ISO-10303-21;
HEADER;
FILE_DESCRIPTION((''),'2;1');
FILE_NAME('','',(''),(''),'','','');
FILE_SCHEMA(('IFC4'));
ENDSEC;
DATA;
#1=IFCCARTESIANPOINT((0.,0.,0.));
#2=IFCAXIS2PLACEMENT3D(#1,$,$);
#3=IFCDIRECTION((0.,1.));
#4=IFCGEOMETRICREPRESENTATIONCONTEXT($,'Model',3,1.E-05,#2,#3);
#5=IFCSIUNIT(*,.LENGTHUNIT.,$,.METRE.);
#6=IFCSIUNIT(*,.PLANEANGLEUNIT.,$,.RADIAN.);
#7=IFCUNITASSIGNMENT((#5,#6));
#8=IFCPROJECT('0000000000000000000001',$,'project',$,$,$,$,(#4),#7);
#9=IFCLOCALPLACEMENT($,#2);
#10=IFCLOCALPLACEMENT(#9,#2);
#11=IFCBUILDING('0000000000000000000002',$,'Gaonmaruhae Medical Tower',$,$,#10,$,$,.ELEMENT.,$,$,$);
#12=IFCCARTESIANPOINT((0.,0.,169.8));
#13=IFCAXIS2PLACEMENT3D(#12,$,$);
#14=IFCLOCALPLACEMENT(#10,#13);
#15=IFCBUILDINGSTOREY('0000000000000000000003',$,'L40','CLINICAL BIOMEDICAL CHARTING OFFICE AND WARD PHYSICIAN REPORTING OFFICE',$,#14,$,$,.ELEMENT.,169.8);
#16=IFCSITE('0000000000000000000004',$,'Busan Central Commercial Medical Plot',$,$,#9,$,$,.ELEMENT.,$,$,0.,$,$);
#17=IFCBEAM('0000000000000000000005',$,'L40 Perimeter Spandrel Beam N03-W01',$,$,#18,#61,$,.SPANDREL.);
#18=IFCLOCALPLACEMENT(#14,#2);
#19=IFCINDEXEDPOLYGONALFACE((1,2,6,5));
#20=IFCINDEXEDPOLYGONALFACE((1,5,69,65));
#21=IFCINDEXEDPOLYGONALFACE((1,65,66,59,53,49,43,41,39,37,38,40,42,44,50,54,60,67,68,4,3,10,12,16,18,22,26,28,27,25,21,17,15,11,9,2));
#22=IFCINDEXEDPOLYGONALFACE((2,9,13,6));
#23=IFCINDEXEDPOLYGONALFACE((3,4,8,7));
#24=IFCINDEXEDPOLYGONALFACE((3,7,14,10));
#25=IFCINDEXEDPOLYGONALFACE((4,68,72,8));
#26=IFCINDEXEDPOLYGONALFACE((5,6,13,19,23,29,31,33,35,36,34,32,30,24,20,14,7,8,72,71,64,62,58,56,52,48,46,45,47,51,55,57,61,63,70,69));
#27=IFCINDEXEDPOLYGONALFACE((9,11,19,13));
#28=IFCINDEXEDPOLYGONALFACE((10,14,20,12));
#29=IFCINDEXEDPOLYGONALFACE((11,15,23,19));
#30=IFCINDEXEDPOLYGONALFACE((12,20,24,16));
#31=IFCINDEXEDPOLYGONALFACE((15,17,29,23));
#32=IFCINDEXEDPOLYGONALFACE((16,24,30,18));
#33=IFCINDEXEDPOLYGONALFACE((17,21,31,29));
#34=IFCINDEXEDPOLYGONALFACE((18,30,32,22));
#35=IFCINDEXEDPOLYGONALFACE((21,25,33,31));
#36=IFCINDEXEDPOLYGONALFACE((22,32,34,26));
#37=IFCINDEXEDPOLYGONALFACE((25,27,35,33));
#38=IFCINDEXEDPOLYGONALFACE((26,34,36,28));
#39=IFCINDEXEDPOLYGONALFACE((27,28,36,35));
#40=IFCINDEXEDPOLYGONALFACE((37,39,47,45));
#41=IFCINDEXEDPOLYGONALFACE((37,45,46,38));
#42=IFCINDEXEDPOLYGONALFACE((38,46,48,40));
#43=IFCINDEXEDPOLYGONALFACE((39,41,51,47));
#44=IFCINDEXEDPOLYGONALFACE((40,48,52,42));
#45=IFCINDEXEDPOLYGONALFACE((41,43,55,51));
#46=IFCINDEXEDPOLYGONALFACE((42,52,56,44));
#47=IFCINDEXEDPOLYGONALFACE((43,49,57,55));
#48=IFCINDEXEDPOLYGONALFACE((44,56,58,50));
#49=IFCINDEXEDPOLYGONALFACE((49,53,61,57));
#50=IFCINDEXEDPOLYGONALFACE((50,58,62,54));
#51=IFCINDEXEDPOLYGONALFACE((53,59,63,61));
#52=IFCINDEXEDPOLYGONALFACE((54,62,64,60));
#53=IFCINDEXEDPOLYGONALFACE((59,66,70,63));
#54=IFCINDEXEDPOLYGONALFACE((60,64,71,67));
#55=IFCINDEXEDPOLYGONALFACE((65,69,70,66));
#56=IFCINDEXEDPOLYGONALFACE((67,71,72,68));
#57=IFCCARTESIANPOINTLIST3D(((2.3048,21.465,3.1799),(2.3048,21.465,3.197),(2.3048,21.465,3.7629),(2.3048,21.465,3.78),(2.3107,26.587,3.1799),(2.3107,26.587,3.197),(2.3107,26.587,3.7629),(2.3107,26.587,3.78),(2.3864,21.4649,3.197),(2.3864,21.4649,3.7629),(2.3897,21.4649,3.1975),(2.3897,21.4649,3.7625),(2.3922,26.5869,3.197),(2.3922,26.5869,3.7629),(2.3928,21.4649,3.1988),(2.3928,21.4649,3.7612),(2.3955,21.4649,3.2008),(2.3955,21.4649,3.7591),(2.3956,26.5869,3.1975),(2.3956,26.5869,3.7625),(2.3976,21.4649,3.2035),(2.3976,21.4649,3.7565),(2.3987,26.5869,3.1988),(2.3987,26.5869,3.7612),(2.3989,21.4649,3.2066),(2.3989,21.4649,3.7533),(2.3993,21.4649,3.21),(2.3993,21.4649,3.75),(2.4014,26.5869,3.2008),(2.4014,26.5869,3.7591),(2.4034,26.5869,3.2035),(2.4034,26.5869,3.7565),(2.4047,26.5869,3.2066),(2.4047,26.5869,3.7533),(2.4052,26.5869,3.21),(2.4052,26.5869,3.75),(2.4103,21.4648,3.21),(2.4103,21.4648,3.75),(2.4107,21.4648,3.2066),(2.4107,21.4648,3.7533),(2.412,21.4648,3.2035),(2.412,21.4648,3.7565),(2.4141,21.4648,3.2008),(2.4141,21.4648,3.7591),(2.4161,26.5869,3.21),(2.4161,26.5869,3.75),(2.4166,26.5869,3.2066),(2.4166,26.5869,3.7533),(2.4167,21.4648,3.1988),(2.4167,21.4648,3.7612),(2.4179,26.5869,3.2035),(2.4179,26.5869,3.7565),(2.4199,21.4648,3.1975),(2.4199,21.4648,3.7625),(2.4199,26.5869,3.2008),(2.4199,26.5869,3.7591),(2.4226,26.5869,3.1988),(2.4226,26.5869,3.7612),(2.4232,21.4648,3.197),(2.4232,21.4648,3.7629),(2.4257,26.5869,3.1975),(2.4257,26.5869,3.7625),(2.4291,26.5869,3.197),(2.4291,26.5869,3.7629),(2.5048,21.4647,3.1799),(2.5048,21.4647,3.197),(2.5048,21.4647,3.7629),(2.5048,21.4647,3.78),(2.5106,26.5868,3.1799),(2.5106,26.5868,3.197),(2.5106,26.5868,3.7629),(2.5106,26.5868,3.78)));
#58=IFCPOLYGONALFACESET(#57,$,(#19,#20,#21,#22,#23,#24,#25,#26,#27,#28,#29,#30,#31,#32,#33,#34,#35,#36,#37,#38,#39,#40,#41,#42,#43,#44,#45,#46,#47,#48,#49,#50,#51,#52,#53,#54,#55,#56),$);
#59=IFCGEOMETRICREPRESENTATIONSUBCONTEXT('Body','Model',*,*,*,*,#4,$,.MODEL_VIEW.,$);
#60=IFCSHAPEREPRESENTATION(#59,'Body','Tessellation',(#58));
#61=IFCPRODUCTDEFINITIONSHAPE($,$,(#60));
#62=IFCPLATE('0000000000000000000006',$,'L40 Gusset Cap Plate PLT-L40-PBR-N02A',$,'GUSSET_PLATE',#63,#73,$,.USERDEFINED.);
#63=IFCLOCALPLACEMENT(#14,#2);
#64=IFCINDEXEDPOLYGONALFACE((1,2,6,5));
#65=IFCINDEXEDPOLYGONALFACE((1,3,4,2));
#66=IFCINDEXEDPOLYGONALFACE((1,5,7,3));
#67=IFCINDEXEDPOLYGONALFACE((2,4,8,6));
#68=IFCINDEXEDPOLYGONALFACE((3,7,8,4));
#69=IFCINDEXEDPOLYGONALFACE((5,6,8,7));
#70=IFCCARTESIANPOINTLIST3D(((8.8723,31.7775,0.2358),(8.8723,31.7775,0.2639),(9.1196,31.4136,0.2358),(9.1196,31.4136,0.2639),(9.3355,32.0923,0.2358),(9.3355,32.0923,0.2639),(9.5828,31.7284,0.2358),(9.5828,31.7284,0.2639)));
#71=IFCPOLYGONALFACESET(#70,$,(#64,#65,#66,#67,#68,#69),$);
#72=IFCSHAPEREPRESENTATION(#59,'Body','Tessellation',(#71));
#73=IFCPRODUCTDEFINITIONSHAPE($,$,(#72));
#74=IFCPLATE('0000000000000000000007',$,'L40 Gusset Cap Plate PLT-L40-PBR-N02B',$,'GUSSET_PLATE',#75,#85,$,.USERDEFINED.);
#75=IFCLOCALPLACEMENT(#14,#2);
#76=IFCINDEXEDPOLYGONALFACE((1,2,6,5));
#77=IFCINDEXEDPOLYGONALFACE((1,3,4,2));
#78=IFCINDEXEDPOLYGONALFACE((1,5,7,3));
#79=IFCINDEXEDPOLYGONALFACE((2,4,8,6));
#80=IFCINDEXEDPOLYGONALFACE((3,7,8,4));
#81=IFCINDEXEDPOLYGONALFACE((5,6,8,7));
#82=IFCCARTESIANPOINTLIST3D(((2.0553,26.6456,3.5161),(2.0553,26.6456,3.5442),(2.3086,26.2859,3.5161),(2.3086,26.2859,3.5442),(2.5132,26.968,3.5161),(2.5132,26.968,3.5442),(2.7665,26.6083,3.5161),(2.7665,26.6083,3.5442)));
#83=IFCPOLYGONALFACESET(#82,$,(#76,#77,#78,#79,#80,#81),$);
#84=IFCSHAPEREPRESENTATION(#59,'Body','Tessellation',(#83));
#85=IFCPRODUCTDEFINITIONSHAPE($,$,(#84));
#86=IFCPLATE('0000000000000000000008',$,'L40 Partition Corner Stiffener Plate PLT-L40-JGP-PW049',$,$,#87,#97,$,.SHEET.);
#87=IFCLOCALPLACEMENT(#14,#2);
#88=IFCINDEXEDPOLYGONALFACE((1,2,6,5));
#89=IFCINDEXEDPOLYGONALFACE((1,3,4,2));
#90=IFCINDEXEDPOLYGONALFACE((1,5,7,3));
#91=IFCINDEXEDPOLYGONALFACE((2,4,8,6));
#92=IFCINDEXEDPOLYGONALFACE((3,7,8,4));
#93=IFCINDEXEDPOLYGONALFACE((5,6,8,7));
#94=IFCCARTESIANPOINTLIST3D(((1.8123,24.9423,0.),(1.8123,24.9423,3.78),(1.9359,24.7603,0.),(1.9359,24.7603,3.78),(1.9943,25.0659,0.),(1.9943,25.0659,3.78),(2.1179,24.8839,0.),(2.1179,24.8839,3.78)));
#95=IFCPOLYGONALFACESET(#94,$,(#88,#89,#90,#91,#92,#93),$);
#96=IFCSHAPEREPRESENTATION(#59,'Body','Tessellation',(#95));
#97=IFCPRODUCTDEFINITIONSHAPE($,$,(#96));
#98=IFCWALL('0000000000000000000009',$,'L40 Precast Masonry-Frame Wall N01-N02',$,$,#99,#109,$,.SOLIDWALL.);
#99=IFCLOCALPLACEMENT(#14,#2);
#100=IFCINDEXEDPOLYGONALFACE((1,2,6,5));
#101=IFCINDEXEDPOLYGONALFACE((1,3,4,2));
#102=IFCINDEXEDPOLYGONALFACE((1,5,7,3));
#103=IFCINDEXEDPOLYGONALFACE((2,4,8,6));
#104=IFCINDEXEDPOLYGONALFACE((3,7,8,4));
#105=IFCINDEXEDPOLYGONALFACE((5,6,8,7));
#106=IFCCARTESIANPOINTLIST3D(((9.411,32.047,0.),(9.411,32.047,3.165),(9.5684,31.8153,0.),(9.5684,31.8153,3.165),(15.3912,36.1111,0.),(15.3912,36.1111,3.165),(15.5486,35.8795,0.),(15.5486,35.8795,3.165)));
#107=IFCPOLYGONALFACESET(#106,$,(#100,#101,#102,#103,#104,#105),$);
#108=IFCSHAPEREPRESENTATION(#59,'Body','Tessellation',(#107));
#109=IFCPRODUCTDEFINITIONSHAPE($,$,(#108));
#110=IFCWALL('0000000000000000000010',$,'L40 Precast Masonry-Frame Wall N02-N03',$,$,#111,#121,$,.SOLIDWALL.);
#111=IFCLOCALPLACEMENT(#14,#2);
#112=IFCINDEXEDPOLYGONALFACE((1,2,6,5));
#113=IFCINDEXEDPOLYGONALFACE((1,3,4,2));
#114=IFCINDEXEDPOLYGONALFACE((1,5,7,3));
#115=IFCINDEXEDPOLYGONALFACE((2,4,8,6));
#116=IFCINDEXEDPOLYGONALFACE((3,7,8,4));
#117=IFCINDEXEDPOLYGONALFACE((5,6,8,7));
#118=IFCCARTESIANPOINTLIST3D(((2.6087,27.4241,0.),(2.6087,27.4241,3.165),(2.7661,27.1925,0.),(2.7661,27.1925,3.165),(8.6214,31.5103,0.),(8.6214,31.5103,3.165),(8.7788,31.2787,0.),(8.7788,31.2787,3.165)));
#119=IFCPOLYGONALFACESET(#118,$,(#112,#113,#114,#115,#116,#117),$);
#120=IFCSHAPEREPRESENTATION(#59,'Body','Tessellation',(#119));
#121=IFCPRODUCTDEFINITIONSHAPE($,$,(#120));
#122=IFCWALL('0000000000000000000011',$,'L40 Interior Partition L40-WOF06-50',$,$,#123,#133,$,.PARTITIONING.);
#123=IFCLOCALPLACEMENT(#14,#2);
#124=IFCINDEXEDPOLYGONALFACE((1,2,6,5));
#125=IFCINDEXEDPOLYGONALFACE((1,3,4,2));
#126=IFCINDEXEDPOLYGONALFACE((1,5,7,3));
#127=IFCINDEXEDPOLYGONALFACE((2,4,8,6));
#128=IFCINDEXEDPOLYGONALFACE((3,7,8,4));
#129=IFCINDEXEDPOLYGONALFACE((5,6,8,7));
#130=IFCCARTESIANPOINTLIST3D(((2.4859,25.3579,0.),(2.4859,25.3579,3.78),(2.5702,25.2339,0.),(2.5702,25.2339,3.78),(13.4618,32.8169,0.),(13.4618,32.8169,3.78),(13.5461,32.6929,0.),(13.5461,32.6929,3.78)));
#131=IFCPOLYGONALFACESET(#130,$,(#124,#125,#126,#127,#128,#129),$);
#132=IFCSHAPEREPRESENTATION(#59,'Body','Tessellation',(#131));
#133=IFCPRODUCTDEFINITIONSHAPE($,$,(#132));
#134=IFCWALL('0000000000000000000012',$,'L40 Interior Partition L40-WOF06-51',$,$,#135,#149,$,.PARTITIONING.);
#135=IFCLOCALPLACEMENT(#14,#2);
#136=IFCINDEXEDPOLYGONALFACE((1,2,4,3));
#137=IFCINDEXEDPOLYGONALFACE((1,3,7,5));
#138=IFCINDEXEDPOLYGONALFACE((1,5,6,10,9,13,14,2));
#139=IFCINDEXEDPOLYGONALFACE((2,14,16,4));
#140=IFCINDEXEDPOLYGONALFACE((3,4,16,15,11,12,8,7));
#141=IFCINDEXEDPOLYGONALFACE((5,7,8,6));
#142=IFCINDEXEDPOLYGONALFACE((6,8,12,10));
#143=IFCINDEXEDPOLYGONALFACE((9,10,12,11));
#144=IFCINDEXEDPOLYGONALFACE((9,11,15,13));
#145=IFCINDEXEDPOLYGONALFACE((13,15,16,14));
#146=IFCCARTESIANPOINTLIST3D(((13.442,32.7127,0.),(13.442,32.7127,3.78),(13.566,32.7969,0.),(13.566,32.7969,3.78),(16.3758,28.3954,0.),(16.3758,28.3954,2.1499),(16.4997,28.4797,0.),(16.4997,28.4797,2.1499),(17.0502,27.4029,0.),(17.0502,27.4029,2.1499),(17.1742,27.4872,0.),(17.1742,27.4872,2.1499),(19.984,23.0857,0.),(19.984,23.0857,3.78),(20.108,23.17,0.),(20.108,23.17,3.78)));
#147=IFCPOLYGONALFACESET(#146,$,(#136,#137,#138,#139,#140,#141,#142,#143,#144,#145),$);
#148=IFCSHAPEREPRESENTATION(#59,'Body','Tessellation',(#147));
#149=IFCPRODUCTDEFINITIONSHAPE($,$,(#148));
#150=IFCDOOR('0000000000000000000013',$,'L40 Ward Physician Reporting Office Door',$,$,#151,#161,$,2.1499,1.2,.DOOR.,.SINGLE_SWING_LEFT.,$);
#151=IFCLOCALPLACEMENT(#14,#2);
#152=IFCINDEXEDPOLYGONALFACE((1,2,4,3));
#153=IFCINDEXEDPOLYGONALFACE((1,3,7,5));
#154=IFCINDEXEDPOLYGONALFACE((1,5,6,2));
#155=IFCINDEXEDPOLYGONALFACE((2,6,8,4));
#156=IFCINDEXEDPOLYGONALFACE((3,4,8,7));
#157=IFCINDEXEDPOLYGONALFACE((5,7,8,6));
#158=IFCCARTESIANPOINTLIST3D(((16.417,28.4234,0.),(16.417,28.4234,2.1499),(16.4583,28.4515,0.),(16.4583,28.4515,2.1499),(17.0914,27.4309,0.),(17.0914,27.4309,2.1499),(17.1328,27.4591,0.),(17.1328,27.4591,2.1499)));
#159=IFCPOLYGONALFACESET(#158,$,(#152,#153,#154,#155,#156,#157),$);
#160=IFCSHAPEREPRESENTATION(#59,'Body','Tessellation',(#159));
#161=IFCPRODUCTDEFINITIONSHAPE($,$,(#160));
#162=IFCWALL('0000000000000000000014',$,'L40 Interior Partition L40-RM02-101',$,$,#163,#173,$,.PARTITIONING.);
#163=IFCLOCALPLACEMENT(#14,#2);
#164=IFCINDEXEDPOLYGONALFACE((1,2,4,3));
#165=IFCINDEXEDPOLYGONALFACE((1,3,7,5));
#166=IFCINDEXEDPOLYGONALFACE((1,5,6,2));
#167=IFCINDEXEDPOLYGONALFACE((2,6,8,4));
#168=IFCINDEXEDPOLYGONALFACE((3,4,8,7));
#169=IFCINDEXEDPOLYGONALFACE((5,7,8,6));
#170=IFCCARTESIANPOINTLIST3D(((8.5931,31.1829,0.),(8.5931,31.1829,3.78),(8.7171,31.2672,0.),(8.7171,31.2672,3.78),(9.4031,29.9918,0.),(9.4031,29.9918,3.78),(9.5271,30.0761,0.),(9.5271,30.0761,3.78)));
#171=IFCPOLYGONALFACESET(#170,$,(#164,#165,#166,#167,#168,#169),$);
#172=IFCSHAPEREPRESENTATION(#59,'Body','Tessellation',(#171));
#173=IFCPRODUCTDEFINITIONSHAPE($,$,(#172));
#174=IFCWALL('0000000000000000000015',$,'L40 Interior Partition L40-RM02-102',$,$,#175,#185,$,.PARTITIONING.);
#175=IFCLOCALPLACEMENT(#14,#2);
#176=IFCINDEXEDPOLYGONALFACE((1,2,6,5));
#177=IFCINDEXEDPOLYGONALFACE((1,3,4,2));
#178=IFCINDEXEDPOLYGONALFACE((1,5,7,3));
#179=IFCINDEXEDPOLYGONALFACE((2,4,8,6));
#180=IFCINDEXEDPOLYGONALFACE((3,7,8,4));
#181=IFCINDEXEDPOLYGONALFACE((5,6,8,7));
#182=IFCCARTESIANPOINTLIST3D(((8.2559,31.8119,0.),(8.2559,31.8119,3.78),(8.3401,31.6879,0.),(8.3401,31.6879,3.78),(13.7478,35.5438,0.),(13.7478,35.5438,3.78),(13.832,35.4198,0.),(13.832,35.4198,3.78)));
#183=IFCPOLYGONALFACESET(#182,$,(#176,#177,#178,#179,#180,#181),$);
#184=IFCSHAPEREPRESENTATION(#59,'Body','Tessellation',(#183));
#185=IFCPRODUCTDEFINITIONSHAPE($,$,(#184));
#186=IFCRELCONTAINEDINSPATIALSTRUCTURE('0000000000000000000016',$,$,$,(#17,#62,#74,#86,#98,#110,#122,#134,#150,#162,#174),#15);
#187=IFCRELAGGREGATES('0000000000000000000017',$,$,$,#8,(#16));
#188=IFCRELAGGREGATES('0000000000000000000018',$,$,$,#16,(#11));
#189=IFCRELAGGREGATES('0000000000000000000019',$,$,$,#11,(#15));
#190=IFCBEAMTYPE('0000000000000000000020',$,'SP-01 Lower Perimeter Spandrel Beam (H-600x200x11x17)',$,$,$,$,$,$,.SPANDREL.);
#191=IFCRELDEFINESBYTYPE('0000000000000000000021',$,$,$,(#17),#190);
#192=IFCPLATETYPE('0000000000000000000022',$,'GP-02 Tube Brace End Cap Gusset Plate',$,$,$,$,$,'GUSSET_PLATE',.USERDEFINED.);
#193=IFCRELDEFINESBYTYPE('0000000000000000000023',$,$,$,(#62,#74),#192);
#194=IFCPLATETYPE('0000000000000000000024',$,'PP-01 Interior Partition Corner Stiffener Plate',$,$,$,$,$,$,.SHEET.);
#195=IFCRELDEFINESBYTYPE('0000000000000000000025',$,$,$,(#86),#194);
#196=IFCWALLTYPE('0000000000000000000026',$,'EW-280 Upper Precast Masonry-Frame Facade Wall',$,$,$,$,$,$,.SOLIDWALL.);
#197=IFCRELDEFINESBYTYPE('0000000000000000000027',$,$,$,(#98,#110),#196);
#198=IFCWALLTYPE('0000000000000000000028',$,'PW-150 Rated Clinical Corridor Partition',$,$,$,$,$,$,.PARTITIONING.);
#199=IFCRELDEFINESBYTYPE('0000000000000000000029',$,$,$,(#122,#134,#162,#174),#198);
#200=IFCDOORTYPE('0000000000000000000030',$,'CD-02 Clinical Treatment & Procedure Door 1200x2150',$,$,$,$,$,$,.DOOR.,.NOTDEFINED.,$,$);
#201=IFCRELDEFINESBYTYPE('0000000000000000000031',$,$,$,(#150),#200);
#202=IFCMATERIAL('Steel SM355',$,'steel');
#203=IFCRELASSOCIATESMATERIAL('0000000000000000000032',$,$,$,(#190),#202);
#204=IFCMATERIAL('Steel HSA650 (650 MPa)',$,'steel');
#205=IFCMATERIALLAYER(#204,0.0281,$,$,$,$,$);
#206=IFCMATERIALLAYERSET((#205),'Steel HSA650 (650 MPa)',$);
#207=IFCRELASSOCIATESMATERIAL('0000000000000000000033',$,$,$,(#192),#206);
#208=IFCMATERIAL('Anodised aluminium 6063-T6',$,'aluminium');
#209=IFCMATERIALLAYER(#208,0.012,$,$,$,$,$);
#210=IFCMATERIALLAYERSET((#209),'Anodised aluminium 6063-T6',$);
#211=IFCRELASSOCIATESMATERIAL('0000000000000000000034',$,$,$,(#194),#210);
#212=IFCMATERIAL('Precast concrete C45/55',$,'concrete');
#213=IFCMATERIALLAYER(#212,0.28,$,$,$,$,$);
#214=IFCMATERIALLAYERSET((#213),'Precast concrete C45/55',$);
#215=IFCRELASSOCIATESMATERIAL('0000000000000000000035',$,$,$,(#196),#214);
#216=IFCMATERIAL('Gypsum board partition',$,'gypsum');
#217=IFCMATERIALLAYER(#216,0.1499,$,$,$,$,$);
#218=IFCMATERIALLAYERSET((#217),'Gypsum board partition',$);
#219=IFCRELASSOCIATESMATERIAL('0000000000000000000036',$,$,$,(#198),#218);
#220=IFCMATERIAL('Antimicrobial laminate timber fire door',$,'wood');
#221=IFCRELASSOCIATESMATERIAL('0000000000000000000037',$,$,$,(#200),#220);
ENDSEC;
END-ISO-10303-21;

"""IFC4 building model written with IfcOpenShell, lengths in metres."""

from ifc_helpers import new_model, si_unit, direction, frame, frame_2d, origin, origin_2d, place, context, subcontext, project, spatial, rectangle, i_section, extrude, material, layer, layer_set, material_profile, profile_set, type_object, element, fill, save


model = new_model("IFC4")

# Units and contexts
model_context = context("Model", 3, precision=1e-05, world=origin(), true_north=direction((0.0, 1.0)))
body_context = subcontext(model_context, "Body", "Model", "MODEL_VIEW")
ifc_project = project(units=[si_unit("LENGTHUNIT", "METRE"), si_unit("PLANEANGLEUNIT", "RADIAN")], contexts=[model_context])

# Site, building, storey
site_placement = place(None, origin())
site = spatial("IfcSite", under=ifc_project, at=site_placement, Name="Busan Central Commercial Medical Plot", CompositionType="ELEMENT", RefElevation=0.0)
building_placement = place(site_placement, origin())
building = spatial("IfcBuilding", under=site, at=building_placement, Name="Gaonmaruhae Medical Tower", CompositionType="ELEMENT")
storey_placement = place(building_placement, frame((0.0, 0.0, 169.8)))
storey = spatial("IfcBuildingStorey", under=building, at=storey_placement, Name="L40", Description="CLINICAL BIOMEDICAL CHARTING OFFICE AND WARD PHYSICIAN REPORTING OFFICE", CompositionType="ELEMENT", Elevation=169.8)

# Shared definitions
ifc_material_1 = material(Name="Steel SM355", Category="steel")

# Beam
ifc_material_profile_1 = material_profile(ifc_material_1, i_section(OverallWidth=0.2, OverallDepth=0.6001, WebThickness=0.011, FlangeThickness=0.0171, FilletRadius=0.0129, at=origin_2d()), Name="H-600x200x11x17")
ifc_profile_set_1 = profile_set([ifc_material_profile_1], Name="Steel SM355")
beam_type_1 = type_object("IfcBeamType", Name="SP-01 Lower Perimeter Spandrel Beam (H-600x200x11x17)", PredefinedType="SPANDREL", material=ifc_profile_set_1)
beam_1_placement = place(storey_placement, frame((2.4106, 26.5869, 3.48), z_axis=(-0.001144, -0.999999, 0.0), x_axis=(0.999999, -0.001144, 0.0)))
element("IfcBeam", 1, at=beam_1_placement, inside=storey, type_object=beam_type_1, Name="L40 Perimeter Spandrel Beam N03-W01", PredefinedType="SPANDREL", context=body_context, shape_type="SweptSolid", body=[
    extrude(i_section(OverallWidth=0.2, OverallDepth=0.6001, WebThickness=0.011, FlangeThickness=0.0171, FilletRadius=0.0129, at=origin_2d()), origin(), (0.0, 0.0, 1.0), 5.1221),
])

# Plates
ifc_material_2 = material(Name="Steel HSA650 (650 MPa)", Category="steel")
ifc_layer_1 = layer(ifc_material_2, 0.0281)
ifc_layer_set_1 = layer_set([ifc_layer_1], Name="Steel HSA650 (650 MPa)")
plate_type_1 = type_object("IfcPlateType", Name="GP-02 Tube Brace End Cap Gusset Plate", ElementType="GUSSET_PLATE", PredefinedType="USERDEFINED", material=ifc_layer_set_1)
for number, where, z_axis, x_axis, name in (
    (2, (9.2275, 31.7529, 0.2358), (0.0, 0.0, 1.0), (0.827081, 0.562083, 0.0), "L40 Gusset Cap Plate PLT-L40-PBR-N02A"),
    (3, (2.4109, 26.627, 3.5161), (0.0, 0.0, 1.0), (0.817648, 0.575719, 0.0), "L40 Gusset Cap Plate PLT-L40-PBR-N02B"),
):
    element("IfcPlate", number, at=place(storey_placement, frame(where, z_axis=z_axis, x_axis=x_axis)), inside=storey, type_object=plate_type_1, Name=name, ObjectType="GUSSET_PLATE", PredefinedType="USERDEFINED", context=body_context, shape_type="SweptSolid", body=[
        extrude(rectangle(XDim=0.5601, YDim=0.4399, at=origin_2d()), origin(), (0.0, 0.0, 1.0), 0.0281),
    ])
ifc_material_3 = material(Name="Anodised aluminium 6063-T6", Category="aluminium")
ifc_layer_2 = layer(ifc_material_3, 0.012)
ifc_layer_set_2 = layer_set([ifc_layer_2], Name="Anodised aluminium 6063-T6")
plate_type_2 = type_object("IfcPlateType", Name="PP-01 Interior Partition Corner Stiffener Plate", PredefinedType="SHEET", material=ifc_layer_set_2)
plate_placement = place(storey_placement, frame((1.9651, 24.9131, 0.0), z_axis=(0.0, 0.0, 1.0), x_axis=(0.827394, 0.561621, 0.0)))
element("IfcPlate", 4, at=plate_placement, inside=storey, type_object=plate_type_2, Name="L40 Partition Corner Stiffener Plate PLT-L40-JGP-PW049", PredefinedType="SHEET", context=body_context, shape_type="SweptSolid", body=[
    extrude(rectangle(XDim=0.22, YDim=0.22, at=origin_2d()), origin(), (0.0, 0.0, 1.0), 3.78),
])

# Walls
ifc_material_4 = material(Name="Precast concrete C45/55", Category="concrete")
ifc_layer_3 = layer(ifc_material_4, 0.28)
ifc_layer_set_3 = layer_set([ifc_layer_3], Name="Precast concrete C45/55")
wall_type_1 = type_object("IfcWallType", Name="EW-280 Upper Precast Masonry-Frame Facade Wall", PredefinedType="SOLIDWALL", material=ifc_layer_set_3)
wall_1_placement = place(storey_placement, frame((9.4897, 31.9312, 0.0), z_axis=(0.0, 0.0, 1.0), x_axis=(0.827077, 0.562088, 0.0)))
element("IfcWall", 5, at=wall_1_placement, inside=storey, type_object=wall_type_1, Name="L40 Precast Masonry-Frame Wall N01-N02", PredefinedType="SOLIDWALL", context=body_context, shape_type="SweptSolid", body=[
    extrude(rectangle(XDim=7.2305, YDim=0.28, at=frame_2d((3.6152, 0.0))), origin(), (0.0, 0.0, 1.0), 3.165),
])
wall_2_placement = place(storey_placement, frame((2.6875, 27.3083, 0.0), z_axis=(0.0, 0.0, 1.0), x_axis=(0.827083, 0.562079, 0.0)))
element("IfcWall", 6, at=wall_2_placement, inside=storey, type_object=wall_type_1, Name="L40 Precast Masonry-Frame Wall N02-N03", PredefinedType="SOLIDWALL", context=body_context, shape_type="SweptSolid", body=[
    extrude(rectangle(XDim=7.2698, YDim=0.28, at=frame_2d((3.6348, 0.0))), origin(), (0.0, 0.0, 1.0), 3.165),
])
ifc_material_5 = material(Name="Gypsum board partition", Category="gypsum")
ifc_layer_4 = layer(ifc_material_5, 0.1499)
ifc_layer_set_4 = layer_set([ifc_layer_4], Name="Gypsum board partition")
wall_type_2 = type_object("IfcWallType", Name="PW-150 Rated Clinical Corridor Partition", PredefinedType="PARTITIONING", material=ifc_layer_set_4)
wall_3_placement = place(storey_placement, frame((2.5281, 25.2959, 0.0), z_axis=(0.0, 0.0, 1.0), x_axis=(0.827087, 0.562074, 0.0)))
element("IfcWall", 7, at=wall_3_placement, inside=storey, type_object=wall_type_2, Name="L40 Interior Partition L40-WOF06-50", PredefinedType="PARTITIONING", context=body_context, shape_type="SweptSolid", body=[
    extrude(rectangle(XDim=13.2705, YDim=0.1499, at=frame_2d((6.6353, 0.0))), origin(), (0.0, 0.0, 1.0), 3.78),
])

# Wall, opening, door
wall_4_placement = place(storey_placement, frame((13.5039, 32.7549, 0.0), z_axis=(0.0, 0.0, 1.0), x_axis=(0.562055, -0.8271, 0.0)))
wall_4 = element("IfcWall", 8, at=wall_4_placement, inside=storey, type_object=wall_type_2, Name="L40 Interior Partition L40-WOF06-51", PredefinedType="PARTITIONING", context=body_context, shape_type="SweptSolid", body=[
    extrude(rectangle(XDim=11.6394, YDim=0.1499, at=frame_2d((5.8198, 0.0))), origin(), (0.0, 0.0, 1.0), 3.78),
])
opening_placement = place(wall_4_placement, frame((5.2197, 0.0, 0.0)))
opening = element("IfcOpeningElement", 9, at=opening_placement, cuts=wall_4, PredefinedType="OPENING", context=body_context, shape_type="SweptSolid", body=[
    extrude(rectangle(XDim=1.2, YDim=2.1499, at=frame_2d((0.6001, 1.075))), frame((0.0, 0.085, 0.0), z_axis=(0.0, -1.0, 0.0), x_axis=(1.0, 0.0, 0.0)), (0.0, 0.0, 1.0), 0.1699),
])
ifc_material_6 = material(Name="Antimicrobial laminate timber fire door", Category="wood")
door_type = type_object("IfcDoorType", Name="CD-02 Clinical Treatment & Procedure Door 1200x2150", OperationType="NOTDEFINED", PredefinedType="DOOR", material=ifc_material_6)
door_placement = place(opening_placement, origin())
door = element("IfcDoor", 10, at=door_placement, inside=storey, type_object=door_type, Name="L40 Ward Physician Reporting Office Door", OperationType="SINGLE_SWING_LEFT", OverallHeight=2.1499, OverallWidth=1.2, PredefinedType="DOOR", context=body_context, shape_type="SweptSolid", body=[
    extrude(rectangle(XDim=1.2, YDim=2.1499, at=frame_2d((0.6001, 1.075))), frame((0.0, 0.0249, 0.0), z_axis=(0.0, -1.0, 0.0), x_axis=(1.0, 0.0, 0.0)), (0.0, 0.0, 1.0), 0.05),
])
fill(opening, door)

# Walls
wall_5_placement = place(storey_placement, frame((9.4651, 30.0339, 0.0), z_axis=(0.0, 0.0, 1.0), x_axis=(-0.562342, 0.826904, 0.0)))
element("IfcWall", 11, at=wall_5_placement, inside=storey, type_object=wall_type_2, Name="L40 Interior Partition L40-RM02-101", PredefinedType="PARTITIONING", context=body_context, shape_type="SweptSolid", body=[
    extrude(rectangle(XDim=1.4404, YDim=0.1499, at=frame_2d((0.7202, 0.0))), origin(), (0.0, 0.0, 1.0), 3.78),
])
wall_6_placement = place(storey_placement, frame((8.2981, 31.75, 0.0), z_axis=(0.0, 0.0, 1.0), x_axis=(0.827108, 0.562043, 0.0)))
element("IfcWall", 12, at=wall_6_placement, inside=storey, type_object=wall_type_2, Name="L40 Interior Partition L40-RM02-102", PredefinedType="PARTITIONING", context=body_context, shape_type="SweptSolid", body=[
    extrude(rectangle(XDim=6.6399, YDim=0.1499, at=frame_2d((3.3198, 0.0))), origin(), (0.0, 0.0, 1.0), 3.78),
])

save(model, "model.ifc")
